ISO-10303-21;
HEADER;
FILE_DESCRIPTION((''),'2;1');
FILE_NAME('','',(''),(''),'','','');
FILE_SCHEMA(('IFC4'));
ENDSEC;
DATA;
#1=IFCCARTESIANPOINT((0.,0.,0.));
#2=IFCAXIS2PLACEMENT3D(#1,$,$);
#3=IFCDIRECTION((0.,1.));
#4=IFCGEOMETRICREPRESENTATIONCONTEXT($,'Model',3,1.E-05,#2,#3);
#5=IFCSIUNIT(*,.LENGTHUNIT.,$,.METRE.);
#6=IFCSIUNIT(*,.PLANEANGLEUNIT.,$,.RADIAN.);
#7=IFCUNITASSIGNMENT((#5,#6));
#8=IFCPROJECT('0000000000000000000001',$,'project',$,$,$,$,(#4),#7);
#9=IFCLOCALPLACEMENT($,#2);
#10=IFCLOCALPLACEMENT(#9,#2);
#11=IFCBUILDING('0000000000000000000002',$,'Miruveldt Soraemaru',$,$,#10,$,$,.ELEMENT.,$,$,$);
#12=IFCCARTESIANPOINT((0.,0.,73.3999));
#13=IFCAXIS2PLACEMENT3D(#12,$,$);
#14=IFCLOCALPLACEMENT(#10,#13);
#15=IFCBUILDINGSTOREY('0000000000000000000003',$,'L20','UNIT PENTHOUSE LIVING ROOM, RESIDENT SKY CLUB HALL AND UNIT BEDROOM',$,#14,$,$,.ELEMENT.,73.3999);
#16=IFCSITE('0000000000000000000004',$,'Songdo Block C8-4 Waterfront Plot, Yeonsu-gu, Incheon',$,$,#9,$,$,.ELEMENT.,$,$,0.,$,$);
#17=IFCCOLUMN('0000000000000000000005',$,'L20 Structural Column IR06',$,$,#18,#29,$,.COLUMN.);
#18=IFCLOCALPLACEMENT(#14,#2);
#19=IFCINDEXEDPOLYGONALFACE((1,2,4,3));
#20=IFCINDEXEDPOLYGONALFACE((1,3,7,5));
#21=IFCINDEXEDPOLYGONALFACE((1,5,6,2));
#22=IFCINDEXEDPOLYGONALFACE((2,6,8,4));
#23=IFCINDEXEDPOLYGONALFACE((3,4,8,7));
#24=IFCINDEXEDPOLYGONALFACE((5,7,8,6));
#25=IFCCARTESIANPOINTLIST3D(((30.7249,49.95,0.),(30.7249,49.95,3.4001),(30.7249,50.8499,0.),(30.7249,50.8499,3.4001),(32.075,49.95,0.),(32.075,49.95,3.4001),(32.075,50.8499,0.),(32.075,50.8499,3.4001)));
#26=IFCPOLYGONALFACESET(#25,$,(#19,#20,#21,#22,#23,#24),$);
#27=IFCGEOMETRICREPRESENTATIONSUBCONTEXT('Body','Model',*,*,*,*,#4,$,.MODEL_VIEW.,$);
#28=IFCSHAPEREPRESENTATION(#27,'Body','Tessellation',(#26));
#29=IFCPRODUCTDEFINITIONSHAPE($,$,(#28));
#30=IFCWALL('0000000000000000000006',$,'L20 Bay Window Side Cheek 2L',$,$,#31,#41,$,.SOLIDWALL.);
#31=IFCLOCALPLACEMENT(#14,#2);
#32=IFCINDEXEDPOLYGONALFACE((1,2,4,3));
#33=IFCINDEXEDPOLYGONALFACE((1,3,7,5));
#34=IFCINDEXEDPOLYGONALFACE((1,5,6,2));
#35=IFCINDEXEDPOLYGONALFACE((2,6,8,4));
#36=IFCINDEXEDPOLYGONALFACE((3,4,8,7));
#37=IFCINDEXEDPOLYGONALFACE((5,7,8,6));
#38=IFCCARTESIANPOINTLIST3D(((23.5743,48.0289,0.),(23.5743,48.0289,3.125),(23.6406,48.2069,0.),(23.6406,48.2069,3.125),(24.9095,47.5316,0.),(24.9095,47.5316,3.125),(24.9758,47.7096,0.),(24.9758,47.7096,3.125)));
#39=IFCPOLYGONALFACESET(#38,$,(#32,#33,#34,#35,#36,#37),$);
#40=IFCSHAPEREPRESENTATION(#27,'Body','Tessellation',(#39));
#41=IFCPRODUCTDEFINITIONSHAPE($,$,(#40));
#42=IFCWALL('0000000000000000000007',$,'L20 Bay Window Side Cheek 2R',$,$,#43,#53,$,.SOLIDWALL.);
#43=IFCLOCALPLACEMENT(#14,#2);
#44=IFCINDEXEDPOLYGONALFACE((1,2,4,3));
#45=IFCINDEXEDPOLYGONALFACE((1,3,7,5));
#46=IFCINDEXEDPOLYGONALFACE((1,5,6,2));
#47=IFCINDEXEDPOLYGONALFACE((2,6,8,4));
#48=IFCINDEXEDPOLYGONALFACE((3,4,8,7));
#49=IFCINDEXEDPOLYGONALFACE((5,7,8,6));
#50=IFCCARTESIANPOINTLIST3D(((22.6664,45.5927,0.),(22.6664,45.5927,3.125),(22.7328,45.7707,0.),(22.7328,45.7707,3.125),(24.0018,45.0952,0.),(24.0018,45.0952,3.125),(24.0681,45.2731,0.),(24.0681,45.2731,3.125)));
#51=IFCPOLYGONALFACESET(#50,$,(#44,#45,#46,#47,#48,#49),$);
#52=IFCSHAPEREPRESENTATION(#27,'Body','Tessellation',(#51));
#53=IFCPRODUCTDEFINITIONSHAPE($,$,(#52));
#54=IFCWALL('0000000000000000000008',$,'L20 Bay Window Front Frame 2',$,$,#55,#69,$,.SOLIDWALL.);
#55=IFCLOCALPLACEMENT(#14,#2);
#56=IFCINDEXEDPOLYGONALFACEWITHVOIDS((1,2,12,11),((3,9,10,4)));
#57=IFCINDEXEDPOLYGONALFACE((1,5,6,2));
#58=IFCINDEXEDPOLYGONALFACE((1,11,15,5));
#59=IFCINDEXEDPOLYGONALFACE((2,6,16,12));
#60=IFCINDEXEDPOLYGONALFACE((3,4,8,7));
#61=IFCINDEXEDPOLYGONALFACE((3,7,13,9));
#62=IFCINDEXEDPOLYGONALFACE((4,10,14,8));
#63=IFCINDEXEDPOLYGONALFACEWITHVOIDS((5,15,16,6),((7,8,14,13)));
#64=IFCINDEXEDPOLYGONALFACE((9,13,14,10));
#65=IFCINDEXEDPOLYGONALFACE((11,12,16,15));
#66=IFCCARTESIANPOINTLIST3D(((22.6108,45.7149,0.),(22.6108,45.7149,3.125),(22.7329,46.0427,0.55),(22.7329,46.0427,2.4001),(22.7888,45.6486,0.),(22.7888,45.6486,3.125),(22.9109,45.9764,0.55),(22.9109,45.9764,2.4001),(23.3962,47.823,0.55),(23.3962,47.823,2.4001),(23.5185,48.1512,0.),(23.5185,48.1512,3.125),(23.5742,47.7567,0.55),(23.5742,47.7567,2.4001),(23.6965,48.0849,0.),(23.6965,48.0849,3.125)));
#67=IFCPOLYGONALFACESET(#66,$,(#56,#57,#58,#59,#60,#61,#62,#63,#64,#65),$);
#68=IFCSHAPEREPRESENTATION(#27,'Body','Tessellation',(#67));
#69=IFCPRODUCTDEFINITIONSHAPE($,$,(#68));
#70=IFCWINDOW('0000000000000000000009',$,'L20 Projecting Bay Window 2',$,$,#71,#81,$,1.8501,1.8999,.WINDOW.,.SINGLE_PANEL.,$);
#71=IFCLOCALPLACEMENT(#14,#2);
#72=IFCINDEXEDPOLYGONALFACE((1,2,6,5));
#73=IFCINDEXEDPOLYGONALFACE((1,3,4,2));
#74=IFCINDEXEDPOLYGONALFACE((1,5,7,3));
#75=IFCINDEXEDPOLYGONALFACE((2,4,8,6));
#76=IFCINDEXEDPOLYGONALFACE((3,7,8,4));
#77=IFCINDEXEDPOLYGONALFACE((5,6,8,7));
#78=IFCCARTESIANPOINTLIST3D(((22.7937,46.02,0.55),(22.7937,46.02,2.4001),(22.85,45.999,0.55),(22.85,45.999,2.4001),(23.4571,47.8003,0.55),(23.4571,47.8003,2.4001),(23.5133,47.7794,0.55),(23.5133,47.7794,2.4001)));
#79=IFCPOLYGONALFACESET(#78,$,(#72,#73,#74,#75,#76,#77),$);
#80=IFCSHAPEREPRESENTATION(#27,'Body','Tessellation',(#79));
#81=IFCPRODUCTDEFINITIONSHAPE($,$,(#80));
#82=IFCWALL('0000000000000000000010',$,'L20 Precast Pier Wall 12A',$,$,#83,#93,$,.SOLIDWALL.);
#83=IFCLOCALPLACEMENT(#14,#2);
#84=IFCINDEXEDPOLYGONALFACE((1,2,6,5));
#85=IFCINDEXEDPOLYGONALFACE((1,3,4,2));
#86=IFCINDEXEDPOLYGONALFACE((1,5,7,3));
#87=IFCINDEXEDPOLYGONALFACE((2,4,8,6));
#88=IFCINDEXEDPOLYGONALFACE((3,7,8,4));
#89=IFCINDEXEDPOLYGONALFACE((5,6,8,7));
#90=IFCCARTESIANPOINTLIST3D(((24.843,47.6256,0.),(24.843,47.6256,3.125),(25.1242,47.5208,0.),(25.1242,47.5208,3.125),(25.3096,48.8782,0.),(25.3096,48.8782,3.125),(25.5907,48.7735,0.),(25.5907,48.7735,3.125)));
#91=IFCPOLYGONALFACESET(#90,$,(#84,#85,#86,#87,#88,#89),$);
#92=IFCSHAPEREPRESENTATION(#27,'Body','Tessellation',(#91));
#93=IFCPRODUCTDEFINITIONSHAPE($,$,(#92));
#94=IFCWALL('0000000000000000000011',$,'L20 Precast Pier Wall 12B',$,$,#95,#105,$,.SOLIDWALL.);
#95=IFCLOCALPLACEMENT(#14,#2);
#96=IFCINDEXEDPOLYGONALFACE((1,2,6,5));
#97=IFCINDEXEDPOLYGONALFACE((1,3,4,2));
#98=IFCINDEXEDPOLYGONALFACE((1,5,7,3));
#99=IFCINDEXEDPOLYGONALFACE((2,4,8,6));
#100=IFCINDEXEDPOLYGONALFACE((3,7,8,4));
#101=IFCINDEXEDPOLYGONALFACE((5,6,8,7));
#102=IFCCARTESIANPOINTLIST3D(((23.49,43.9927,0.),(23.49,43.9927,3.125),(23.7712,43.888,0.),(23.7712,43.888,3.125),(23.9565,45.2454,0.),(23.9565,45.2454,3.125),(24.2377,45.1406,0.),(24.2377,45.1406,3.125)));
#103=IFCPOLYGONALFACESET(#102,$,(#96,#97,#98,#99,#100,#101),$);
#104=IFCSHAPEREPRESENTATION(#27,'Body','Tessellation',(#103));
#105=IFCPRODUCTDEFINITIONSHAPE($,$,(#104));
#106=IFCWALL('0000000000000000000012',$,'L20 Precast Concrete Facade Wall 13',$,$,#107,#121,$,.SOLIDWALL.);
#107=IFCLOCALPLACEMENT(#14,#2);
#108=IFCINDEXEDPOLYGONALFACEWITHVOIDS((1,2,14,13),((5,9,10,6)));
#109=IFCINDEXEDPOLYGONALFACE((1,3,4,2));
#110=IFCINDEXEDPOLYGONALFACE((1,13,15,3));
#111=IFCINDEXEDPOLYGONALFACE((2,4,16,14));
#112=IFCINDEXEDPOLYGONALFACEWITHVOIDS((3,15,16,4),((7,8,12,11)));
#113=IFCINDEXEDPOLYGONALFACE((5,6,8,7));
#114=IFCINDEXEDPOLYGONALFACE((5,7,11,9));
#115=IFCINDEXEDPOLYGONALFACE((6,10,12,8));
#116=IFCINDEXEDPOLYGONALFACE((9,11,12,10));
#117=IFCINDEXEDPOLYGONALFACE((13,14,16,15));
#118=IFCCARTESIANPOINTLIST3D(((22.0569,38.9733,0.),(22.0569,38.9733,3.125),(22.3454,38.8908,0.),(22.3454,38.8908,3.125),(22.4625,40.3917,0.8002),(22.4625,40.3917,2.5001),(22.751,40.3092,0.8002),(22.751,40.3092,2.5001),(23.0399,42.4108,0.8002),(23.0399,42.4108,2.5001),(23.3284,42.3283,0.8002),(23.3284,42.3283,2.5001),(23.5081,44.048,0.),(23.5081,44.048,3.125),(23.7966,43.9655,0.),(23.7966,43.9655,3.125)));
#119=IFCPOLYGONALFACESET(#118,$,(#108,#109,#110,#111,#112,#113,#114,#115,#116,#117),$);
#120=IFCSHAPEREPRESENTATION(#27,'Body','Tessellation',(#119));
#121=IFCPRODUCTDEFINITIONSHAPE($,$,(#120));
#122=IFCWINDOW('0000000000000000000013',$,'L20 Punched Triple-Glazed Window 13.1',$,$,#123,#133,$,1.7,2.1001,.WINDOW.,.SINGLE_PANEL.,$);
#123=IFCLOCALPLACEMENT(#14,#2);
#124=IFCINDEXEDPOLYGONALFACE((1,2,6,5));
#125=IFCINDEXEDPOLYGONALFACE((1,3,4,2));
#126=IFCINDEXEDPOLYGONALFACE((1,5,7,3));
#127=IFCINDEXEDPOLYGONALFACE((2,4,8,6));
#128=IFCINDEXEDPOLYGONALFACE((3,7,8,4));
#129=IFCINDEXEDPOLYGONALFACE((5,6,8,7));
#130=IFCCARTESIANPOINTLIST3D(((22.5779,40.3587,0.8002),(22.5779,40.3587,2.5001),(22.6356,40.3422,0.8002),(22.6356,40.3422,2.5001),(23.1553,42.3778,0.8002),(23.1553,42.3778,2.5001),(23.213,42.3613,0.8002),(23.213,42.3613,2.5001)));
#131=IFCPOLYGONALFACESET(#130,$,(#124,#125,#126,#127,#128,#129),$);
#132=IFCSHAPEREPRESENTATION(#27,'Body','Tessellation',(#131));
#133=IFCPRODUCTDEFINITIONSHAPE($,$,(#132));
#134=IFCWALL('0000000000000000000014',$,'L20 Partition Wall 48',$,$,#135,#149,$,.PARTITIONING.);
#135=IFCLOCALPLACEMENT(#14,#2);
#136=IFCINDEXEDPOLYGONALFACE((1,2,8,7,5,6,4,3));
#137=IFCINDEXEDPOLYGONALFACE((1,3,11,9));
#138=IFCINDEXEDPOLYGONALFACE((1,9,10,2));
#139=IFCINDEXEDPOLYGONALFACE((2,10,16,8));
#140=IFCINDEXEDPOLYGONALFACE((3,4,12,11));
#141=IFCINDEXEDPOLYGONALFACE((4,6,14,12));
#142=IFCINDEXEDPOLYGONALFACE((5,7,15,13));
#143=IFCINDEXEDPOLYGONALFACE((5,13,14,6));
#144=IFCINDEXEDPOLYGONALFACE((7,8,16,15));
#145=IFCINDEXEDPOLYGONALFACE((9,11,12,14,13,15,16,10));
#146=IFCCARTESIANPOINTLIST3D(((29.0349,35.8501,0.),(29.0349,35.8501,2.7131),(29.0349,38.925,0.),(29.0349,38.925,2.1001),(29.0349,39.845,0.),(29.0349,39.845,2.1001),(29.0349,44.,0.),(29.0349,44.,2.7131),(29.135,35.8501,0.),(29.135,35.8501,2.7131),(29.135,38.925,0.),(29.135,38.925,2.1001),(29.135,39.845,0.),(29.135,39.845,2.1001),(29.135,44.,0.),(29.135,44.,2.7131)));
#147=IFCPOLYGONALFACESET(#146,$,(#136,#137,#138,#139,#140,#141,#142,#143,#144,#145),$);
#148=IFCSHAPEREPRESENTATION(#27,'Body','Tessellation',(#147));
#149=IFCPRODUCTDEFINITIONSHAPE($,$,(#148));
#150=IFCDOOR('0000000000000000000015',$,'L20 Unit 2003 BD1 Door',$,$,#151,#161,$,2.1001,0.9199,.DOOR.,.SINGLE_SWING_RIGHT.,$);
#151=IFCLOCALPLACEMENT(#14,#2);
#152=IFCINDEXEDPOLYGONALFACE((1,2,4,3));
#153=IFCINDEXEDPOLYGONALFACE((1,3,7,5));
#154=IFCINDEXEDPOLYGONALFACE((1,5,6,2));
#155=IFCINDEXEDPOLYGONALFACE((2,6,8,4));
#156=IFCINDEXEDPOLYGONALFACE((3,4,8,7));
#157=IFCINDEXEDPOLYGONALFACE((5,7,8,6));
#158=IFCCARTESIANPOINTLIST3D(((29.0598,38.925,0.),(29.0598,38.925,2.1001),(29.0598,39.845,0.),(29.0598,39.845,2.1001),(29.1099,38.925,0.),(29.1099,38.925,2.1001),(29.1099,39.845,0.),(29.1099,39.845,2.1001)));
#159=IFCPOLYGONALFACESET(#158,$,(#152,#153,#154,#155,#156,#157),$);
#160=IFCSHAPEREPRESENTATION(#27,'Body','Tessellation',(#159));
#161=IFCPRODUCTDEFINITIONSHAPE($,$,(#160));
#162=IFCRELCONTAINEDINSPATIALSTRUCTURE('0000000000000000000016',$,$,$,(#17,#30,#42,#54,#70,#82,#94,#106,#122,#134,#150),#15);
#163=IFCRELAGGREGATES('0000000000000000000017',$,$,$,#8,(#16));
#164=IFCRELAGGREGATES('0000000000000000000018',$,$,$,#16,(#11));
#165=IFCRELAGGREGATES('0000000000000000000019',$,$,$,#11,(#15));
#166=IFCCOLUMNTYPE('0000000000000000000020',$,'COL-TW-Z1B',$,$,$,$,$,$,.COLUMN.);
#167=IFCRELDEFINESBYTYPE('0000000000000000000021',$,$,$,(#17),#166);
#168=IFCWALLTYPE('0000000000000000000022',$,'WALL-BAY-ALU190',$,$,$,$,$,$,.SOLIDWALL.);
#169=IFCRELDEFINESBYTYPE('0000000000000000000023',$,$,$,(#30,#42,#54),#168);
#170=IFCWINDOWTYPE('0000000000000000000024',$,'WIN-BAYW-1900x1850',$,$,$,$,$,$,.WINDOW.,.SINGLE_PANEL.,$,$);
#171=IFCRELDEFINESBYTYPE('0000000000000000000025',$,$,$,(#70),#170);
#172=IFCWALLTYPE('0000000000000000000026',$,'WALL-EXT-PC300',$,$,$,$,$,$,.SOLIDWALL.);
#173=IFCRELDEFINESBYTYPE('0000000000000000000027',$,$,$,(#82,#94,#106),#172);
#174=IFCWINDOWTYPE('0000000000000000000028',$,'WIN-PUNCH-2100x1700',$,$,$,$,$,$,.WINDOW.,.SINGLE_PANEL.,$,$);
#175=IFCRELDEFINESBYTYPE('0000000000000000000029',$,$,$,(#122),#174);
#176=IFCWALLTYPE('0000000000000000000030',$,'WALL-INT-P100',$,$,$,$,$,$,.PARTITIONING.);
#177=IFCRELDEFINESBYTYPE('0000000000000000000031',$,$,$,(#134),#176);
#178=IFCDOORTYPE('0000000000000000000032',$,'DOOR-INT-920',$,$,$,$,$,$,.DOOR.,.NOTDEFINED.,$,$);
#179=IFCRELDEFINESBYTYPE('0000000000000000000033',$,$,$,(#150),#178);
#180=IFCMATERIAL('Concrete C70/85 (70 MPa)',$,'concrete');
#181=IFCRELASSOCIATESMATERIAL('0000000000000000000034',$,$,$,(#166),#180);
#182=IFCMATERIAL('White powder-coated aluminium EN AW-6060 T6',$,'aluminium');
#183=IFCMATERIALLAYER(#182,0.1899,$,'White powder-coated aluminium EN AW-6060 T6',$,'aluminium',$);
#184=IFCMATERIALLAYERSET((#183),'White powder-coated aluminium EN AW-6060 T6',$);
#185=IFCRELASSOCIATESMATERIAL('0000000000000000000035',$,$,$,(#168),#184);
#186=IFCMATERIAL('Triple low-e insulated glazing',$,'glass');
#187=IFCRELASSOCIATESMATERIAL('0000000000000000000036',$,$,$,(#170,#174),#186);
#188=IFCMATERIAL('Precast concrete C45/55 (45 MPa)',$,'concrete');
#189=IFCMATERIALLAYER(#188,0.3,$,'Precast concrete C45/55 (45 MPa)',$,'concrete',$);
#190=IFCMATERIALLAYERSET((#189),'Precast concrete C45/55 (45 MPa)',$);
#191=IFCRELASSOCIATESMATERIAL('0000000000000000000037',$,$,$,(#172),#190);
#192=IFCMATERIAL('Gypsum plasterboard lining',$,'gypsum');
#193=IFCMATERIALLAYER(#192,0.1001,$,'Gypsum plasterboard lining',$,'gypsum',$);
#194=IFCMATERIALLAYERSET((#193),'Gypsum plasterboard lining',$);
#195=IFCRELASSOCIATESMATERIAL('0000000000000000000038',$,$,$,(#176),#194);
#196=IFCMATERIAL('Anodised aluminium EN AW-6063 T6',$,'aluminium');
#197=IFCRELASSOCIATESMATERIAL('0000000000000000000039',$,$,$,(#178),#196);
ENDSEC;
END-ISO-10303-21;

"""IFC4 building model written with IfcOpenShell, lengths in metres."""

from ifc_helpers import new_model, si_unit, direction, frame, frame_2d, origin, origin_2d, place, context, subcontext, project, spatial, rectangle, extrude, material, layer, layer_set, material_profile, profile_set, type_object, element, fill, save


model = new_model("IFC4")

# Units and contexts
model_context = context("Model", 3, precision=1e-05, world=origin(), true_north=direction((0.0, 1.0)))
body_context = subcontext(model_context, "Body", "Model", "MODEL_VIEW")
ifc_project = project(units=[si_unit("LENGTHUNIT", "METRE"), si_unit("PLANEANGLEUNIT", "RADIAN")], contexts=[model_context])

# Site, building, storey
site_placement = place(None, origin())
site = spatial("IfcSite", under=ifc_project, at=site_placement, Name="Songdo Block C8-4 Waterfront Plot, Yeonsu-gu, Incheon", CompositionType="ELEMENT", RefElevation=0.0)
building_placement = place(site_placement, origin())
building = spatial("IfcBuilding", under=site, at=building_placement, Name="Miruveldt Soraemaru", CompositionType="ELEMENT")
storey_placement = place(building_placement, frame((0.0, 0.0, 73.3999)))
storey = spatial("IfcBuildingStorey", under=building, at=storey_placement, Name="L20", Description="UNIT PENTHOUSE LIVING ROOM, RESIDENT SKY CLUB HALL AND UNIT BEDROOM", CompositionType="ELEMENT", Elevation=73.3999)

# Column
ifc_material_1 = material(Name="Concrete C70/85 (70 MPa)", Category="concrete")
ifc_material_profile = material_profile(ifc_material_1, rectangle(XDim=1.3501, YDim=0.8999, at=origin_2d()), Name="Concrete C70/85 (70 MPa)", Category="concrete")
ifc_profile_set = profile_set([ifc_material_profile], Name="Concrete C70/85 (70 MPa)")
column_type = type_object("IfcColumnType", Name="COL-TW-Z1B", PredefinedType="COLUMN", material=ifc_profile_set)
column_placement = place(storey_placement, frame((31.3999, 50.3999, 0.0), z_axis=(0.0, 0.0, 1.0), x_axis=(1.0, 0.0, 0.0)))
element("IfcColumn", 1, at=column_placement, inside=storey, type_object=column_type, Name="L20 Structural Column IR06", PredefinedType="COLUMN", context=body_context, shape_type="SweptSolid", body=[
    extrude(rectangle(XDim=1.3501, YDim=0.8999, at=origin_2d()), origin(), (0.0, 0.0, 1.0), 3.4001),
])

# Walls
ifc_material_2 = material(Name="White powder-coated aluminium EN AW-6060 T6", Category="aluminium")
ifc_layer_1 = layer(ifc_material_2, 0.1899, Name="White powder-coated aluminium EN AW-6060 T6", Category="aluminium")
ifc_layer_set_1 = layer_set([ifc_layer_1], Name="White powder-coated aluminium EN AW-6060 T6")
wall_type_1 = type_object("IfcWallType", Name="WALL-BAY-ALU190", PredefinedType="SOLIDWALL", material=ifc_layer_set_1)
wall_1_placement = place(storey_placement, frame((24.9426, 47.6206, 0.0), z_axis=(0.0, 0.0, 1.0), x_axis=(-0.937108, 0.349038, 0.0)))
element("IfcWall", 2, at=wall_1_placement, inside=storey, type_object=wall_type_1, Name="L20 Bay Window Side Cheek 2L", PredefinedType="SOLIDWALL", context=body_context, shape_type="SweptSolid", body=[
    extrude(rectangle(XDim=1.4248, YDim=0.1899, at=frame_2d((0.7124, 0.0))), origin(), (0.0, 0.0, 1.0), 3.125),
])
wall_2_placement = place(storey_placement, frame((22.6997, 45.6816, 0.0), z_axis=(0.0, 0.0, 1.0), x_axis=(0.937073, -0.349133, 0.0)))
element("IfcWall", 3, at=wall_2_placement, inside=storey, type_object=wall_type_1, Name="L20 Bay Window Side Cheek 2R", PredefinedType="SOLIDWALL", context=body_context, shape_type="SweptSolid", body=[
    extrude(rectangle(XDim=1.425, YDim=0.1899, at=frame_2d((0.7124, 0.0))), origin(), (0.0, 0.0, 1.0), 3.125),
])

# Wall, opening, window
wall_3_placement = place(storey_placement, frame((23.6074, 48.1179, 0.0), z_axis=(0.0, 0.0, 1.0), x_axis=(-0.349137, -0.937072, 0.0)))
wall_3 = element("IfcWall", 4, at=wall_3_placement, inside=storey, type_object=wall_type_1, Name="L20 Bay Window Front Frame 2", PredefinedType="SOLIDWALL", context=body_context, shape_type="SweptSolid", body=[
    extrude(rectangle(XDim=2.5999, YDim=0.1899, at=frame_2d((1.2998, 0.0))), origin(), (0.0, 0.0, 1.0), 3.125),
])
opening_1_placement = place(wall_3_placement, frame((0.3501, 0.0, 0.55)))
opening_1 = element("IfcOpeningElement", 5, at=opening_1_placement, cuts=wall_3, PredefinedType="OPENING", context=body_context, shape_type="SweptSolid", body=[
    extrude(rectangle(XDim=1.8999, YDim=1.8501, at=frame_2d((0.95, 0.925))), frame((0.0, 0.105, 0.0), z_axis=(0.0, -1.0, 0.0), x_axis=(1.0, 0.0, 0.0)), (0.0, 0.0, 1.0), 0.21),
])
ifc_material_3 = material(Name="Triple low-e insulated glazing", Category="glass")
window_type_1 = type_object("IfcWindowType", Name="WIN-BAYW-1900x1850", PartitioningType="SINGLE_PANEL", PredefinedType="WINDOW", material=ifc_material_3)
window_1_placement = place(opening_1_placement, origin())
window_1 = element("IfcWindow", 6, at=window_1_placement, inside=storey, type_object=window_type_1, Name="L20 Projecting Bay Window 2", OverallHeight=1.8501, OverallWidth=1.8999, PartitioningType="SINGLE_PANEL", PredefinedType="WINDOW", context=body_context, shape_type="SweptSolid", body=[
    extrude(rectangle(XDim=1.8999, YDim=1.8501, at=frame_2d((0.95, 0.925))), frame((0.0, 0.03, 0.0), z_axis=(0.0, -1.0, 0.0), x_axis=(1.0, 0.0, 0.0)), (0.0, 0.0, 1.0), 0.0601),
])
fill(opening_1, window_1)

# Walls
ifc_material_4 = material(Name="Precast concrete C45/55 (45 MPa)", Category="concrete")
ifc_layer_2 = layer(ifc_material_4, 0.3, Name="Precast concrete C45/55 (45 MPa)", Category="concrete")
ifc_layer_set_2 = layer_set([ifc_layer_2], Name="Precast concrete C45/55 (45 MPa)")
wall_type_2 = type_object("IfcWallType", Name="WALL-EXT-PC300", PredefinedType="SOLIDWALL", material=ifc_layer_set_2)
for number, where, z_axis, x_axis, name in (
    (7, (25.4502, 48.8259, 0.0), (0.0, 0.0, 1.0), (-0.349021, -0.937115, 0.0), "L20 Precast Pier Wall 12A"),
    (8, (24.0972, 45.1931, 0.0), (0.0, 0.0, 1.0), (-0.349021, -0.937115, 0.0), "L20 Precast Pier Wall 12B"),
):
    element("IfcWall", number, at=place(storey_placement, frame(where, z_axis=z_axis, x_axis=x_axis)), inside=storey, type_object=wall_type_2, Name=name, PredefinedType="SOLIDWALL", context=body_context, shape_type="SweptSolid", body=[
        extrude(rectangle(XDim=1.3367, YDim=0.3, at=frame_2d((0.6685, 0.0))), origin(), (0.0, 0.0, 1.0), 3.125),
    ])

# Wall, opening, window
wall_4_placement = place(storey_placement, frame((23.6523, 44.0068, 0.0), z_axis=(0.0, 0.0, 1.0), x_axis=(-0.274941, -0.961461, 0.0)))
wall_4 = element("IfcWall", 9, at=wall_4_placement, inside=storey, type_object=wall_type_2, Name="L20 Precast Concrete Facade Wall 13", PredefinedType="SOLIDWALL", context=body_context, shape_type="SweptSolid", body=[
    extrude(rectangle(XDim=5.2781, YDim=0.3, at=frame_2d((2.6392, 0.0))), origin(), (0.0, 0.0, 1.0), 3.125),
])
opening_2_placement = place(wall_4_placement, frame((1.7029, 0.0, 0.8)))
opening_2 = element("IfcOpeningElement", 10, at=opening_2_placement, cuts=wall_4, PredefinedType="OPENING", context=body_context, shape_type="SweptSolid", body=[
    extrude(rectangle(XDim=2.1001, YDim=1.7, at=frame_2d((1.05, 0.8501))), frame((0.0, 0.1602, 0.0), z_axis=(0.0, -1.0, 0.0), x_axis=(1.0, 0.0, 0.0)), (0.0, 0.0, 1.0), 0.3201),
])
window_type_2 = type_object("IfcWindowType", Name="WIN-PUNCH-2100x1700", PartitioningType="SINGLE_PANEL", PredefinedType="WINDOW", material=ifc_material_3)
window_2_placement = place(opening_2_placement, origin())
window_2 = element("IfcWindow", 11, at=window_2_placement, inside=storey, type_object=window_type_2, Name="L20 Punched Triple-Glazed Window 13.1", OverallHeight=1.7, OverallWidth=2.1001, PartitioningType="SINGLE_PANEL", PredefinedType="WINDOW", context=body_context, shape_type="SweptSolid", body=[
    extrude(rectangle(XDim=2.1001, YDim=1.7, at=frame_2d((1.05, 0.8501))), frame((0.0, 0.03, 0.0), z_axis=(0.0, -1.0, 0.0), x_axis=(1.0, 0.0, 0.0)), (0.0, 0.0, 1.0), 0.0601),
])
fill(opening_2, window_2)

# Wall, opening, door
ifc_material_5 = material(Name="Gypsum plasterboard lining", Category="gypsum")
ifc_layer_3 = layer(ifc_material_5, 0.1001, Name="Gypsum plasterboard lining", Category="gypsum")
ifc_layer_set_3 = layer_set([ifc_layer_3], Name="Gypsum plasterboard lining")
wall_type_3 = type_object("IfcWallType", Name="WALL-INT-P100", PredefinedType="PARTITIONING", material=ifc_layer_set_3)
wall_5_placement = place(storey_placement, frame((29.085, 44.0, 0.0), z_axis=(0.0, 0.0, 1.0), x_axis=(0.0, -1.0, 0.0)))
wall_5 = element("IfcWall", 12, at=wall_5_placement, inside=storey, type_object=wall_type_3, Name="L20 Partition Wall 48", PredefinedType="PARTITIONING", context=body_context, shape_type="SweptSolid", body=[
    extrude(rectangle(XDim=8.1499, YDim=0.1001, at=frame_2d((4.075, 0.0))), origin(), (0.0, 0.0, 1.0), 2.7131),
])
opening_3_placement = place(wall_5_placement, frame((4.155, 0.0, 0.0)))
opening_3 = element("IfcOpeningElement", 13, at=opening_3_placement, cuts=wall_5, PredefinedType="OPENING", context=body_context, shape_type="SweptSolid", body=[
    extrude(rectangle(XDim=0.9199, YDim=2.1001, at=frame_2d((0.46, 1.05))), frame((0.0, 0.0601, 0.0), z_axis=(0.0, -1.0, 0.0), x_axis=(1.0, 0.0, 0.0)), (0.0, 0.0, 1.0), 0.1201),
])
ifc_material_6 = material(Name="Anodised aluminium EN AW-6063 T6", Category="aluminium")
door_type_1 = type_object("IfcDoorType", Name="DOOR-INT-920", OperationType="NOTDEFINED", PredefinedType="DOOR", material=ifc_material_6)
door_1_placement = place(opening_3_placement, origin())
door_1 = element("IfcDoor", 14, at=door_1_placement, inside=storey, type_object=door_type_1, Name="L20 Unit 2003 BD1 Door", OperationType="SINGLE_SWING_RIGHT", OverallHeight=2.1001, OverallWidth=0.9199, PredefinedType="DOOR", context=body_context, shape_type="SweptSolid", body=[
    extrude(rectangle(XDim=0.9199, YDim=2.1001, at=frame_2d((0.46, 1.05))), frame((0.0, 0.0249, 0.0), z_axis=(0.0, -1.0, 0.0), x_axis=(1.0, 0.0, 0.0)), (0.0, 0.0, 1.0), 0.05),
])
fill(opening_3, door_1)

save(model, "model.ifc")
